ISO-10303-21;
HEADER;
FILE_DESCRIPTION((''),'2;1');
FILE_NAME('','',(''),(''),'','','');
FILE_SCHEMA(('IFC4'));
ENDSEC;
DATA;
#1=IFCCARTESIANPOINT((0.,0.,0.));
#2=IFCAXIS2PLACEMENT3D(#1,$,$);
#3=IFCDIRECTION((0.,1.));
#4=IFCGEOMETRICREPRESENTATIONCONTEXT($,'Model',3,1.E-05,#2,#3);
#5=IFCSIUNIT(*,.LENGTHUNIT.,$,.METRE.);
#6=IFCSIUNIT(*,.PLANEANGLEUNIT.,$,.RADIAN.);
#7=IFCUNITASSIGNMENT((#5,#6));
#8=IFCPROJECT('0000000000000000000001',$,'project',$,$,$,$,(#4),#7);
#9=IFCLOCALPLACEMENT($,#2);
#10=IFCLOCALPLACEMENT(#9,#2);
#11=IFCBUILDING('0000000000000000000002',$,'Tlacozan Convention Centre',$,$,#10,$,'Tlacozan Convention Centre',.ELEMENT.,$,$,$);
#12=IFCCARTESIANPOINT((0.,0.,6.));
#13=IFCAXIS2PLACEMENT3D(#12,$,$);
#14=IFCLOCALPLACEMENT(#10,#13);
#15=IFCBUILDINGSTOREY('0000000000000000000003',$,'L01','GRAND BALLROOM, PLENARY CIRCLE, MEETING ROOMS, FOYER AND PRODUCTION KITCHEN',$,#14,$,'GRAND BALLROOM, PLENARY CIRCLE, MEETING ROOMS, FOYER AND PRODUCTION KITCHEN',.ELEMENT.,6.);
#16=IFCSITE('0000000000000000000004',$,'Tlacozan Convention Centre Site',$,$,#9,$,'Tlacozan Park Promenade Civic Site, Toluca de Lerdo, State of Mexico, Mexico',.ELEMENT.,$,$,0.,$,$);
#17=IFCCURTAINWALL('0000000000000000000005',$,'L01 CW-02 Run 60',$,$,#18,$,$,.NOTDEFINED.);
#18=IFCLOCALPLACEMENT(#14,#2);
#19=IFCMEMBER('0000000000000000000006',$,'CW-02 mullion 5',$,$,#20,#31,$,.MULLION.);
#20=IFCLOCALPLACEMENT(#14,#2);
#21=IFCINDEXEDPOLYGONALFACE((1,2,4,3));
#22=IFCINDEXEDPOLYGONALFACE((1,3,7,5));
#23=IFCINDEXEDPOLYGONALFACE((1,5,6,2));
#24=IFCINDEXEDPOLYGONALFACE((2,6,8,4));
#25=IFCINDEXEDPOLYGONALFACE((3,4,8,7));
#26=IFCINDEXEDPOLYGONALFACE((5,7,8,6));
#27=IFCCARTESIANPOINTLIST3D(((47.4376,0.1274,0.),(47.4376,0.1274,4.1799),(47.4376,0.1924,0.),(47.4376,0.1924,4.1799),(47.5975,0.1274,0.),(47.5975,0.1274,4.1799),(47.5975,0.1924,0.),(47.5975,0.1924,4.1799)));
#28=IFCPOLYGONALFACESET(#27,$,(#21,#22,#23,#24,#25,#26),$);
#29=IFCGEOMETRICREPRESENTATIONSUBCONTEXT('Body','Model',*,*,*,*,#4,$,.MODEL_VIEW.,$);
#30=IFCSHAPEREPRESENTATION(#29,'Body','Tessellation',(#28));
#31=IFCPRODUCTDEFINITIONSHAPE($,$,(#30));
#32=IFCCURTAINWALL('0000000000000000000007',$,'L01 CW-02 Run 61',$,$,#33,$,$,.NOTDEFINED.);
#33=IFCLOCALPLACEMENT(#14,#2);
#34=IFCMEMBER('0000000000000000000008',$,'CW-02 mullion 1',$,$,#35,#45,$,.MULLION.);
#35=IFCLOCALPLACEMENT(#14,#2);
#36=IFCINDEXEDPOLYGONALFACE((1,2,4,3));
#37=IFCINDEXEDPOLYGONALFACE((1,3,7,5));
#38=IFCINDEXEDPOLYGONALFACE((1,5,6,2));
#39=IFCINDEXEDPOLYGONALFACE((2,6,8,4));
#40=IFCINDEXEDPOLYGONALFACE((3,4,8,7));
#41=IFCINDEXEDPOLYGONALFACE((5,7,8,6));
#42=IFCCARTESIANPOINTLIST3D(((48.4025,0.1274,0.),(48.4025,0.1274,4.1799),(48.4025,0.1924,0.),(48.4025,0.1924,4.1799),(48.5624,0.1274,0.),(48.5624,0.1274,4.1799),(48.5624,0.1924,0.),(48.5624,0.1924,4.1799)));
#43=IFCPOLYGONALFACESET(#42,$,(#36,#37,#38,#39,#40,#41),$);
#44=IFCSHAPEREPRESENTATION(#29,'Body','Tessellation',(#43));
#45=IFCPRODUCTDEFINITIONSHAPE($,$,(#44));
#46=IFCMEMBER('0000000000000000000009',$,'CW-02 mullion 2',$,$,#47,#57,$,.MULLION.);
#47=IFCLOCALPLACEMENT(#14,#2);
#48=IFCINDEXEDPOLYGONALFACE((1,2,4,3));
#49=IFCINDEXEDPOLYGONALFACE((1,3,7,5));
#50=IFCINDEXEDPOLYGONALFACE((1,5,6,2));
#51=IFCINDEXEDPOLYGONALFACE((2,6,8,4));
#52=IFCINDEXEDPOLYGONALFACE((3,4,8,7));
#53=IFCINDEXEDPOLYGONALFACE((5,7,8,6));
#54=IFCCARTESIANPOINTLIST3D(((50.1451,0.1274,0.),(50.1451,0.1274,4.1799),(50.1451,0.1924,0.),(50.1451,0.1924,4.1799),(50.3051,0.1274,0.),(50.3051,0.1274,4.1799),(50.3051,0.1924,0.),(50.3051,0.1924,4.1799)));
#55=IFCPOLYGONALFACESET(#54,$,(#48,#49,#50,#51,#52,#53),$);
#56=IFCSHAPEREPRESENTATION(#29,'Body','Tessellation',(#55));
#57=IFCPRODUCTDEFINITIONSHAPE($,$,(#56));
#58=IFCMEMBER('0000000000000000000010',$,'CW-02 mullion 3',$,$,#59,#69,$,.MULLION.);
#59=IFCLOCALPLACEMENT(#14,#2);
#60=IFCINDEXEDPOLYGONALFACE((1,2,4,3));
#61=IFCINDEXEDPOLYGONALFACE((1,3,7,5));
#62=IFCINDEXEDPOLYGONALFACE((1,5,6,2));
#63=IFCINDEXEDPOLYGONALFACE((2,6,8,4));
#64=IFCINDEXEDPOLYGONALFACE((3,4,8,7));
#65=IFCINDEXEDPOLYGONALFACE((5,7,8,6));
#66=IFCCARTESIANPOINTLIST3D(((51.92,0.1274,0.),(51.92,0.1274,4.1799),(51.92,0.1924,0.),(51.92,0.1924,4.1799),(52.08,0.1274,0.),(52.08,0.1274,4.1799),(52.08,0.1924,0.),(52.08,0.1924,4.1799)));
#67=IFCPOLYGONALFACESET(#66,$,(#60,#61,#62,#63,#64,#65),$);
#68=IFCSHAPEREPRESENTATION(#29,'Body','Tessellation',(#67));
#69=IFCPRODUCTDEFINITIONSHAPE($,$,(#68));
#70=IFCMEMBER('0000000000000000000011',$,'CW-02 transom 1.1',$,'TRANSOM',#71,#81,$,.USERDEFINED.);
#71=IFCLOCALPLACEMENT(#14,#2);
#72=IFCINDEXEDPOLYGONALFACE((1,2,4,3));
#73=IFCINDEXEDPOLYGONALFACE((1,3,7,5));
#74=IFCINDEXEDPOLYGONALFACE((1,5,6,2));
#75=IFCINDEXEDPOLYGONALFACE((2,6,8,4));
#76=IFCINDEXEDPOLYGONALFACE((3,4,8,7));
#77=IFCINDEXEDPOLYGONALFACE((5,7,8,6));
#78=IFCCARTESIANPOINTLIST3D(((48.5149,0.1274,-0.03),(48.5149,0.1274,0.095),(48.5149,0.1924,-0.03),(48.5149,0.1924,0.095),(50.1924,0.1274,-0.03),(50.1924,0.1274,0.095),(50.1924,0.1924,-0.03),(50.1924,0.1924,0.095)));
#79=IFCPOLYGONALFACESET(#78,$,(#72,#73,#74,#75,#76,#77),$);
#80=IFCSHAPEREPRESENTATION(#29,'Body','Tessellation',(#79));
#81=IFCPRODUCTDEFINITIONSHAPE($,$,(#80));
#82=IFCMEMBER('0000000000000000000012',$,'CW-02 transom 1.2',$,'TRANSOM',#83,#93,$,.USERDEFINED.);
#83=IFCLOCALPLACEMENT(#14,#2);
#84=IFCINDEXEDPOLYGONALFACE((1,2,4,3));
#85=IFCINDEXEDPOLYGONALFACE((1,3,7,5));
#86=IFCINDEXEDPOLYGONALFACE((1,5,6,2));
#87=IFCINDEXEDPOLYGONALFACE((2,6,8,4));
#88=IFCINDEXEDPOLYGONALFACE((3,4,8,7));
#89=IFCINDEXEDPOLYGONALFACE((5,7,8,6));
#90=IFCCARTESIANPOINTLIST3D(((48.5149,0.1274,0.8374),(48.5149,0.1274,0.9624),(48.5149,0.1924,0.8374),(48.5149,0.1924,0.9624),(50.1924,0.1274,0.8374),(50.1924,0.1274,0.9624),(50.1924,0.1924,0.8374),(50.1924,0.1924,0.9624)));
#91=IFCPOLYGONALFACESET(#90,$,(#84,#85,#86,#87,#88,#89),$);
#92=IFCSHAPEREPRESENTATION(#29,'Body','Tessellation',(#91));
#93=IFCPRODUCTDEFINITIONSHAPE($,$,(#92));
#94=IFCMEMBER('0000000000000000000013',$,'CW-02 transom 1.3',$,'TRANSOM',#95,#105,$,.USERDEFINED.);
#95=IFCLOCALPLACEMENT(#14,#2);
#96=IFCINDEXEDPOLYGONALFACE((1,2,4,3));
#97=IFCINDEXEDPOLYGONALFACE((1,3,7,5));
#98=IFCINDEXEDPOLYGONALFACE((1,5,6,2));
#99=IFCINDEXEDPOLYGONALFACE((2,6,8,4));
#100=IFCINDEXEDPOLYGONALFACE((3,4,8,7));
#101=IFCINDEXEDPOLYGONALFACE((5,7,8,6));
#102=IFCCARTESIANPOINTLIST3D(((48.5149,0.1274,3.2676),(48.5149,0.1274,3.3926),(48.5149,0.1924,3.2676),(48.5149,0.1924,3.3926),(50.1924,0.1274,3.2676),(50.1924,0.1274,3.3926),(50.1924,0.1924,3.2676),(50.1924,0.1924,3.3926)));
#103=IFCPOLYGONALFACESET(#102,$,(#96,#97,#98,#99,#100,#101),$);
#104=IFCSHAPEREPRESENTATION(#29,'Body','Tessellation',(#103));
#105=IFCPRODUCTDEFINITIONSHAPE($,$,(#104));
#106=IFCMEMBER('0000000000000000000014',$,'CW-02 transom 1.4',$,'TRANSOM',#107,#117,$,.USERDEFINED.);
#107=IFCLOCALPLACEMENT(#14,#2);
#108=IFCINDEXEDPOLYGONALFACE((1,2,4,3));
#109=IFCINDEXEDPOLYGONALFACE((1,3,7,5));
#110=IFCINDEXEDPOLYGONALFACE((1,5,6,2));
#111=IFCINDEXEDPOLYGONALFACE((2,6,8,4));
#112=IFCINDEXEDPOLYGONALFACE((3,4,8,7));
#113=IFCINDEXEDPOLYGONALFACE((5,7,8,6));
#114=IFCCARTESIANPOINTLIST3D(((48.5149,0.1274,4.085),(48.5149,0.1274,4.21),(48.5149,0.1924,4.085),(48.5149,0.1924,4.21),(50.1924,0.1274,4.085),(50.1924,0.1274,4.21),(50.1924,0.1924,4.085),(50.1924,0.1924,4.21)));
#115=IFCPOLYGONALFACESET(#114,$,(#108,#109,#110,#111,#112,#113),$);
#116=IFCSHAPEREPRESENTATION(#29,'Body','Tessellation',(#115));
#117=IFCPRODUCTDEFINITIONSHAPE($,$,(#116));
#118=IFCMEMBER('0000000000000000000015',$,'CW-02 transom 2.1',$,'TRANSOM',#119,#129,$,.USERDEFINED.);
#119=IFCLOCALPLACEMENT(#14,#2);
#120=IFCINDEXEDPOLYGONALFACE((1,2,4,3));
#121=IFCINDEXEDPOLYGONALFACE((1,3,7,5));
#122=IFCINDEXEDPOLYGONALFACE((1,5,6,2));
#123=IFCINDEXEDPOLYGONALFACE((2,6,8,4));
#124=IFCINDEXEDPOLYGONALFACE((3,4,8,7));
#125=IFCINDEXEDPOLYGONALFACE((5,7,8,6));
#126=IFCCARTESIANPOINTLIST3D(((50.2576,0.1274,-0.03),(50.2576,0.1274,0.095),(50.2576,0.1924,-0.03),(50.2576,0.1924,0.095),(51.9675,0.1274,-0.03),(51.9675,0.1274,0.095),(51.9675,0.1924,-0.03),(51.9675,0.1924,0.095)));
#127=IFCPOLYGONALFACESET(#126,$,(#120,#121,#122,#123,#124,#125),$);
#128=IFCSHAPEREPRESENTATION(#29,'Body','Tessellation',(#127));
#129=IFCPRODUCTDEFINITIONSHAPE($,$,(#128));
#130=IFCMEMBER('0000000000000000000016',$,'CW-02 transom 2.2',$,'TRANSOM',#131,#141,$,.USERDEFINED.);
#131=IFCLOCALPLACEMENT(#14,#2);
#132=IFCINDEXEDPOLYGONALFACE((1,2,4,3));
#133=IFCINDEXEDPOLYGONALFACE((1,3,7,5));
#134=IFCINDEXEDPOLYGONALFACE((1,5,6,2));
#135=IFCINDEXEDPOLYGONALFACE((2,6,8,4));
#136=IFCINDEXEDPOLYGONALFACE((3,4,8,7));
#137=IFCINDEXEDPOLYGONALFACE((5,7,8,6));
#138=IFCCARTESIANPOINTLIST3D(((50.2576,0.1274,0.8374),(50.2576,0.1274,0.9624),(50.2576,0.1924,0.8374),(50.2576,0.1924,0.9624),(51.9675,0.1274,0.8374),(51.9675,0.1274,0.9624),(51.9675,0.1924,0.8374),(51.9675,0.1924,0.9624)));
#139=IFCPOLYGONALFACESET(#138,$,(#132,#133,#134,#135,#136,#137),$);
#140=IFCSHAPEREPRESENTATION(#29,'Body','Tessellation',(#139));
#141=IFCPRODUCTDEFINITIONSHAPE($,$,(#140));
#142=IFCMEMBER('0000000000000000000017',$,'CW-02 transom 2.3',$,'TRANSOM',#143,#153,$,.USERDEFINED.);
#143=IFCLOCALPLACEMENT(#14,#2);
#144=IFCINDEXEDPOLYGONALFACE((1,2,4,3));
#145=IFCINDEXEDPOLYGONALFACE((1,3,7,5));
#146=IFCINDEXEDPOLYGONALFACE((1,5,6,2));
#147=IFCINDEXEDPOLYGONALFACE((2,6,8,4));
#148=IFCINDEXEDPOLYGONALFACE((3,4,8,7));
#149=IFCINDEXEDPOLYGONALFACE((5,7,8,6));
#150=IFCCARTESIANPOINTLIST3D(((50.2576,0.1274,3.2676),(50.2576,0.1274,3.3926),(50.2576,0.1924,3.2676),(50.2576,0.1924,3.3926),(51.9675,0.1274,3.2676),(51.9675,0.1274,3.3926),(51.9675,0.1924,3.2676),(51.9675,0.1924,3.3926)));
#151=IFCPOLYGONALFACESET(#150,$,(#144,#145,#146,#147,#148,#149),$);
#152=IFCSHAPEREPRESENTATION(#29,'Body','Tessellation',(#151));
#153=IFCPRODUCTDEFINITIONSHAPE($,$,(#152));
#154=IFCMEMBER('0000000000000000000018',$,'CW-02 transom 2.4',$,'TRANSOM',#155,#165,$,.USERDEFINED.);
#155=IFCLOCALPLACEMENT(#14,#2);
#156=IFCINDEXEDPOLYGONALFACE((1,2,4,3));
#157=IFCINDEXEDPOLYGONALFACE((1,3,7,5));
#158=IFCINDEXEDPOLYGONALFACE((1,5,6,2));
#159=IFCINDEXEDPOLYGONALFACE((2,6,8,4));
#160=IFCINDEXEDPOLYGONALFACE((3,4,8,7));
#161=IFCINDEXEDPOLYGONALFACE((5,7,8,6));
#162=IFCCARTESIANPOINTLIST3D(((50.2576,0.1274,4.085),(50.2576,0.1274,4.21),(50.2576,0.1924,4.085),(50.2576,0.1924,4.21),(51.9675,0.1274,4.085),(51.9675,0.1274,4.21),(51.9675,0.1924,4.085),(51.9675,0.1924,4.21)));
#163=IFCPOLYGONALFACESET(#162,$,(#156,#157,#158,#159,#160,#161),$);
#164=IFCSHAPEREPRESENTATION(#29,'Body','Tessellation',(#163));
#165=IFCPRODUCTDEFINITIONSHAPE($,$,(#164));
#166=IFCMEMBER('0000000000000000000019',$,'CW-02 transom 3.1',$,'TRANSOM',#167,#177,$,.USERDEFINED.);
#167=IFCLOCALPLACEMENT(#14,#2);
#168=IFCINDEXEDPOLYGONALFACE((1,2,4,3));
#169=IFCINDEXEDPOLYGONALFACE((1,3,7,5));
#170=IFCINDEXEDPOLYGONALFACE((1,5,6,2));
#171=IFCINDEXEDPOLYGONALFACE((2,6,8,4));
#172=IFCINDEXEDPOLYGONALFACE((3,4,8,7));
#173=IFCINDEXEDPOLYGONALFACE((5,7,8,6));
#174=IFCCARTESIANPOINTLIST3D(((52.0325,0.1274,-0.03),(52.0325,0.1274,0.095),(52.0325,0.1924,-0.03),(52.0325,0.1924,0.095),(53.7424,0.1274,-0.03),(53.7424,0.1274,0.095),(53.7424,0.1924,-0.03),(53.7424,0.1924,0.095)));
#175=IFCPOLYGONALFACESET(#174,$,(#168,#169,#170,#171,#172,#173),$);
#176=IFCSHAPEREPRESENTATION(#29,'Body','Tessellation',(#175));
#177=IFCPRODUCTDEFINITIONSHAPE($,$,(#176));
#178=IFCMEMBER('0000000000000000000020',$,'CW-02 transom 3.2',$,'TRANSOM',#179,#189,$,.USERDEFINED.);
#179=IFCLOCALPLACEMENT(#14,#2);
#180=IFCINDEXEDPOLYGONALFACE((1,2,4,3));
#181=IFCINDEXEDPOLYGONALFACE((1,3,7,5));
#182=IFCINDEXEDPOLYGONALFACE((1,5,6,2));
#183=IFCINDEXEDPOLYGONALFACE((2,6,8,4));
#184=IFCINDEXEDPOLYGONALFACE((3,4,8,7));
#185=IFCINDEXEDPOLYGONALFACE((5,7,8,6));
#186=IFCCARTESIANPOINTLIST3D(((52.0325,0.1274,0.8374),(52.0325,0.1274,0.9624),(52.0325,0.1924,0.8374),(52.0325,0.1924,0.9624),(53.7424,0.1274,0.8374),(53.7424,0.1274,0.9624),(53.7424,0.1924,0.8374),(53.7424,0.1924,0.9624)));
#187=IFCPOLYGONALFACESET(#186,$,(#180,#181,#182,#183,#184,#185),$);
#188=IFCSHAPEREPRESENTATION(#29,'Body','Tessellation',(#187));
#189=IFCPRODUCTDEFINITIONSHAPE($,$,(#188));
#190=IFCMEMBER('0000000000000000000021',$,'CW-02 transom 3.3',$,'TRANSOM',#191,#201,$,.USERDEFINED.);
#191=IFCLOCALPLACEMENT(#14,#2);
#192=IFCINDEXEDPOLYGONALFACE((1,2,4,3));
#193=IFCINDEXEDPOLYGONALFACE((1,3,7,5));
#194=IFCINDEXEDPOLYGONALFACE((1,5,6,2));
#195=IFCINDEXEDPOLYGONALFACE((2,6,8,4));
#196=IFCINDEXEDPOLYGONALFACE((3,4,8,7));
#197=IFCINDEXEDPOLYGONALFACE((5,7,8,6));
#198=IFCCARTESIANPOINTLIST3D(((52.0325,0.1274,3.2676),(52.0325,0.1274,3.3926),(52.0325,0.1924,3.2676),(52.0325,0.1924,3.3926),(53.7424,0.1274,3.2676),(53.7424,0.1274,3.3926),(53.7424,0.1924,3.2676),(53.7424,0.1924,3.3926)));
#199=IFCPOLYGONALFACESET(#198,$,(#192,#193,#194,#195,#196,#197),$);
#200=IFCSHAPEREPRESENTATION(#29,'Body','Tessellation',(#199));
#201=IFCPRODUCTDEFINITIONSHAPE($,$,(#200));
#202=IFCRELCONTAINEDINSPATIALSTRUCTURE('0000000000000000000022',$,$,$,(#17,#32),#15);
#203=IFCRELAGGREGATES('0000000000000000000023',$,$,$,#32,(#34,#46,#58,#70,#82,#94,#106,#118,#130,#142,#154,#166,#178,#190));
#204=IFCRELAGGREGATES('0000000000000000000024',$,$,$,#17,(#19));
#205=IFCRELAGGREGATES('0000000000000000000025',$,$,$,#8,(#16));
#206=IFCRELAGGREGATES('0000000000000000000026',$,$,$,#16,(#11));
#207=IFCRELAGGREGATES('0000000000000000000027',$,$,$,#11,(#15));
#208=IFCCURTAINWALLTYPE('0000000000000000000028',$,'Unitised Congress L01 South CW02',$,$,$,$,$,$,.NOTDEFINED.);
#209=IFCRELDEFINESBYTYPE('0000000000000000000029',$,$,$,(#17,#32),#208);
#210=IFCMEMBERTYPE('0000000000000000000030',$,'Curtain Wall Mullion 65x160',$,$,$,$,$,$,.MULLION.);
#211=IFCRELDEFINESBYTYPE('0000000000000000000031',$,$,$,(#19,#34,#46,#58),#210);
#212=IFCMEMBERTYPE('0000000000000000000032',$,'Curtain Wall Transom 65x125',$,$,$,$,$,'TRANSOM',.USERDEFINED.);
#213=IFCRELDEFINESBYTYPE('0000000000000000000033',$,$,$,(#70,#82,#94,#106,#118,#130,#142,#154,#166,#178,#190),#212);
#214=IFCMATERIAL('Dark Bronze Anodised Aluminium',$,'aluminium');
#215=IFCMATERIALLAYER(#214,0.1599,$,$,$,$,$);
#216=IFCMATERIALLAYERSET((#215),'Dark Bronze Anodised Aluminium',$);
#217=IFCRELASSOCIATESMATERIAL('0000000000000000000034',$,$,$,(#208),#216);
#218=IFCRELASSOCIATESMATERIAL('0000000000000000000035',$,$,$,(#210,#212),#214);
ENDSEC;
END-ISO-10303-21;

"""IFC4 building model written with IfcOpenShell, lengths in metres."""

from ifc_helpers import new_model, si_unit, direction, frame, origin, origin_2d, place, context, subcontext, project, spatial, rectangle, extrude, material, layer, layer_set, material_profile, profile_set, type_object, element, aggregate, save


model = new_model("IFC4")

# Units and contexts
model_context = context("Model", 3, precision=1e-05, world=origin(), true_north=direction((0.0, 1.0)))
body_context = subcontext(model_context, "Body", "Model", "MODEL_VIEW")
ifc_project = project(units=[si_unit("LENGTHUNIT", "METRE"), si_unit("PLANEANGLEUNIT", "RADIAN")], contexts=[model_context])

# Site, building, storey
site_placement = place(None, origin())
site = spatial("IfcSite", under=ifc_project, at=site_placement, Name="Tlacozan Convention Centre Site", LongName="Tlacozan Park Promenade Civic Site, Toluca de Lerdo, State of Mexico, Mexico", CompositionType="ELEMENT", RefElevation=0.0)
building_placement = place(site_placement, origin())
building = spatial("IfcBuilding", under=site, at=building_placement, Name="Tlacozan Convention Centre", LongName="Tlacozan Convention Centre", CompositionType="ELEMENT")
storey_placement = place(building_placement, frame((0.0, 0.0, 6.0)))
storey = spatial("IfcBuildingStorey", under=building, at=storey_placement, Name="L01", Description="GRAND BALLROOM, PLENARY CIRCLE, MEETING ROOMS, FOYER AND PRODUCTION KITCHEN", LongName="GRAND BALLROOM, PLENARY CIRCLE, MEETING ROOMS, FOYER AND PRODUCTION KITCHEN", CompositionType="ELEMENT", Elevation=6.0)

# Curtain wall, member
ifc_material_1 = material(Name="Dark Bronze Anodised Aluminium", Category="aluminium")
ifc_layer_1 = layer(ifc_material_1, 0.1599)
ifc_layer_set_1 = layer_set([ifc_layer_1], Name="Dark Bronze Anodised Aluminium")
curtain_wall_type = type_object("IfcCurtainWallType", Name="Unitised Congress L01 South CW02", PredefinedType="NOTDEFINED", material=ifc_layer_set_1)
curtain_wall_1_placement = place(storey_placement, origin())
curtain_wall_1 = element("IfcCurtainWall", 1, at=curtain_wall_1_placement, inside=storey, type_object=curtain_wall_type, Name="L01 CW-02 Run 60", PredefinedType="NOTDEFINED")
ifc_material_profile_1 = material_profile(ifc_material_1, rectangle(XDim=0.0649, YDim=0.1599, at=origin_2d()), Name="ALU 65x160")
ifc_profile_set_1 = profile_set([ifc_material_profile_1], Name="Dark Bronze Anodised Aluminium")
member_type_1 = type_object("IfcMemberType", Name="Curtain Wall Mullion 65x160", PredefinedType="MULLION", material=ifc_profile_set_1)
member_1_placement = place(storey_placement, frame((47.5176, 0.1599, 0.0), z_axis=(0.0, 0.0, 1.0), x_axis=(0.0, 1.0, 0.0)))
member_1 = element("IfcMember", 2, at=member_1_placement, type_object=member_type_1, Name="CW-02 mullion 5", PredefinedType="MULLION", context=body_context, shape_type="SweptSolid", body=[
    extrude(rectangle(XDim=0.0649, YDim=0.1599, at=origin_2d()), origin(), (0.0, 0.0, 1.0), 4.1799),
])

# Curtain wall, members
curtain_wall_2_placement = place(storey_placement, origin())
curtain_wall_2 = element("IfcCurtainWall", 3, at=curtain_wall_2_placement, inside=storey, type_object=curtain_wall_type, Name="L01 CW-02 Run 61", PredefinedType="NOTDEFINED")
member_2_placement = place(storey_placement, frame((48.4824, 0.1599, 0.0), z_axis=(0.0, 0.0, 1.0), x_axis=(0.0, 1.0, 0.0)))
member_2 = element("IfcMember", 4, at=member_2_placement, type_object=member_type_1, Name="CW-02 mullion 1", PredefinedType="MULLION", context=body_context, shape_type="SweptSolid", body=[
    extrude(rectangle(XDim=0.0649, YDim=0.1599, at=origin_2d()), origin(), (0.0, 0.0, 1.0), 4.1799),
])
member_3_placement = place(storey_placement, frame((50.2251, 0.1599, 0.0), z_axis=(0.0, 0.0, 1.0), x_axis=(0.0, 1.0, 0.0)))
member_3 = element("IfcMember", 5, at=member_3_placement, type_object=member_type_1, Name="CW-02 mullion 2", PredefinedType="MULLION", context=body_context, shape_type="SweptSolid", body=[
    extrude(rectangle(XDim=0.0649, YDim=0.1599, at=origin_2d()), origin(), (0.0, 0.0, 1.0), 4.1799),
])
member_4_placement = place(storey_placement, frame((52.0, 0.1599, 0.0), z_axis=(0.0, 0.0, 1.0), x_axis=(0.0, 1.0, 0.0)))
member_4 = element("IfcMember", 6, at=member_4_placement, type_object=member_type_1, Name="CW-02 mullion 3", PredefinedType="MULLION", context=body_context, shape_type="SweptSolid", body=[
    extrude(rectangle(XDim=0.0649, YDim=0.1599, at=origin_2d()), origin(), (0.0, 0.0, 1.0), 4.1799),
])
ifc_material_profile_2 = material_profile(ifc_material_1, rectangle(XDim=0.0649, YDim=0.125, at=origin_2d()), Name="ALU 65x125")
ifc_profile_set_2 = profile_set([ifc_material_profile_2], Name="Dark Bronze Anodised Aluminium")
member_type_2 = type_object("IfcMemberType", Name="Curtain Wall Transom 65x125", ElementType="TRANSOM", PredefinedType="USERDEFINED", material=ifc_profile_set_2)
member_5_placement = place(storey_placement, frame((48.5149, 0.1599, 0.0325), z_axis=(1.0, 0.0, 0.0), x_axis=(0.0, 1.0, 0.0)))
member_5 = element("IfcMember", 7, at=member_5_placement, type_object=member_type_2, Name="CW-02 transom 1.1", ObjectType="TRANSOM", PredefinedType="USERDEFINED", context=body_context, shape_type="SweptSolid", body=[
    extrude(rectangle(XDim=0.0649, YDim=0.125, at=origin_2d()), origin(), (0.0, 0.0, 1.0), 1.6775),
])
member_6_placement = place(storey_placement, frame((48.5149, 0.1599, 0.8999), z_axis=(1.0, 0.0, 0.0), x_axis=(0.0, 1.0, 0.0)))
member_6 = element("IfcMember", 8, at=member_6_placement, type_object=member_type_2, Name="CW-02 transom 1.2", ObjectType="TRANSOM", PredefinedType="USERDEFINED", context=body_context, shape_type="SweptSolid", body=[
    extrude(rectangle(XDim=0.0649, YDim=0.125, at=origin_2d()), origin(), (0.0, 0.0, 1.0), 1.6775),
])
member_7_placement = place(storey_placement, frame((48.5149, 0.1599, 3.3301), z_axis=(1.0, 0.0, 0.0), x_axis=(0.0, 1.0, 0.0)))
member_7 = element("IfcMember", 9, at=member_7_placement, type_object=member_type_2, Name="CW-02 transom 1.3", ObjectType="TRANSOM", PredefinedType="USERDEFINED", context=body_context, shape_type="SweptSolid", body=[
    extrude(rectangle(XDim=0.0649, YDim=0.125, at=origin_2d()), origin(), (0.0, 0.0, 1.0), 1.6775),
])
member_8_placement = place(storey_placement, frame((48.5149, 0.1599, 4.1475), z_axis=(1.0, 0.0, 0.0), x_axis=(0.0, 1.0, 0.0)))
member_8 = element("IfcMember", 10, at=member_8_placement, type_object=member_type_2, Name="CW-02 transom 1.4", ObjectType="TRANSOM", PredefinedType="USERDEFINED", context=body_context, shape_type="SweptSolid", body=[
    extrude(rectangle(XDim=0.0649, YDim=0.125, at=origin_2d()), origin(), (0.0, 0.0, 1.0), 1.6775),
])
member_9_placement = place(storey_placement, frame((50.2576, 0.1599, 0.0325), z_axis=(1.0, 0.0, 0.0), x_axis=(0.0, 1.0, 0.0)))
member_9 = element("IfcMember", 11, at=member_9_placement, type_object=member_type_2, Name="CW-02 transom 2.1", ObjectType="TRANSOM", PredefinedType="USERDEFINED", context=body_context, shape_type="SweptSolid", body=[
    extrude(rectangle(XDim=0.0649, YDim=0.125, at=origin_2d()), origin(), (0.0, 0.0, 1.0), 1.71),
])
member_10_placement = place(storey_placement, frame((50.2576, 0.1599, 0.8999), z_axis=(1.0, 0.0, 0.0), x_axis=(0.0, 1.0, 0.0)))
member_10 = element("IfcMember", 12, at=member_10_placement, type_object=member_type_2, Name="CW-02 transom 2.2", ObjectType="TRANSOM", PredefinedType="USERDEFINED", context=body_context, shape_type="SweptSolid", body=[
    extrude(rectangle(XDim=0.0649, YDim=0.125, at=origin_2d()), origin(), (0.0, 0.0, 1.0), 1.71),
])
member_11_placement = place(storey_placement, frame((50.2576, 0.1599, 3.3301), z_axis=(1.0, 0.0, 0.0), x_axis=(0.0, 1.0, 0.0)))
member_11 = element("IfcMember", 13, at=member_11_placement, type_object=member_type_2, Name="CW-02 transom 2.3", ObjectType="TRANSOM", PredefinedType="USERDEFINED", context=body_context, shape_type="SweptSolid", body=[
    extrude(rectangle(XDim=0.0649, YDim=0.125, at=origin_2d()), origin(), (0.0, 0.0, 1.0), 1.71),
])
member_12_placement = place(storey_placement, frame((50.2576, 0.1599, 4.1475), z_axis=(1.0, 0.0, 0.0), x_axis=(0.0, 1.0, 0.0)))
member_12 = element("IfcMember", 14, at=member_12_placement, type_object=member_type_2, Name="CW-02 transom 2.4", ObjectType="TRANSOM", PredefinedType="USERDEFINED", context=body_context, shape_type="SweptSolid", body=[
    extrude(rectangle(XDim=0.0649, YDim=0.125, at=origin_2d()), origin(), (0.0, 0.0, 1.0), 1.71),
])
member_13_placement = place(storey_placement, frame((52.0325, 0.1599, 0.0325), z_axis=(1.0, 0.0, 0.0), x_axis=(0.0, 1.0, 0.0)))
member_13 = element("IfcMember", 15, at=member_13_placement, type_object=member_type_2, Name="CW-02 transom 3.1", ObjectType="TRANSOM", PredefinedType="USERDEFINED", context=body_context, shape_type="SweptSolid", body=[
    extrude(rectangle(XDim=0.0649, YDim=0.125, at=origin_2d()), origin(), (0.0, 0.0, 1.0), 1.71),
])
member_14_placement = place(storey_placement, frame((52.0325, 0.1599, 0.8999), z_axis=(1.0, 0.0, 0.0), x_axis=(0.0, 1.0, 0.0)))
member_14 = element("IfcMember", 16, at=member_14_placement, type_object=member_type_2, Name="CW-02 transom 3.2", ObjectType="TRANSOM", PredefinedType="USERDEFINED", context=body_context, shape_type="SweptSolid", body=[
    extrude(rectangle(XDim=0.0649, YDim=0.125, at=origin_2d()), origin(), (0.0, 0.0, 1.0), 1.71),
])
member_15_placement = place(storey_placement, frame((52.0325, 0.1599, 3.3301), z_axis=(1.0, 0.0, 0.0), x_axis=(0.0, 1.0, 0.0)))
member_15 = element("IfcMember", 17, at=member_15_placement, type_object=member_type_2, Name="CW-02 transom 3.3", ObjectType="TRANSOM", PredefinedType="USERDEFINED", context=body_context, shape_type="SweptSolid", body=[
    extrude(rectangle(XDim=0.0649, YDim=0.125, at=origin_2d()), origin(), (0.0, 0.0, 1.0), 1.71),
])
aggregate(curtain_wall_2, [member_2, member_3, member_4, member_5, member_6, member_7, member_8, member_9, member_10, member_11, member_12, member_13, member_14, member_15])

aggregate(curtain_wall_1, [member_1])

save(model, "model.ifc")
